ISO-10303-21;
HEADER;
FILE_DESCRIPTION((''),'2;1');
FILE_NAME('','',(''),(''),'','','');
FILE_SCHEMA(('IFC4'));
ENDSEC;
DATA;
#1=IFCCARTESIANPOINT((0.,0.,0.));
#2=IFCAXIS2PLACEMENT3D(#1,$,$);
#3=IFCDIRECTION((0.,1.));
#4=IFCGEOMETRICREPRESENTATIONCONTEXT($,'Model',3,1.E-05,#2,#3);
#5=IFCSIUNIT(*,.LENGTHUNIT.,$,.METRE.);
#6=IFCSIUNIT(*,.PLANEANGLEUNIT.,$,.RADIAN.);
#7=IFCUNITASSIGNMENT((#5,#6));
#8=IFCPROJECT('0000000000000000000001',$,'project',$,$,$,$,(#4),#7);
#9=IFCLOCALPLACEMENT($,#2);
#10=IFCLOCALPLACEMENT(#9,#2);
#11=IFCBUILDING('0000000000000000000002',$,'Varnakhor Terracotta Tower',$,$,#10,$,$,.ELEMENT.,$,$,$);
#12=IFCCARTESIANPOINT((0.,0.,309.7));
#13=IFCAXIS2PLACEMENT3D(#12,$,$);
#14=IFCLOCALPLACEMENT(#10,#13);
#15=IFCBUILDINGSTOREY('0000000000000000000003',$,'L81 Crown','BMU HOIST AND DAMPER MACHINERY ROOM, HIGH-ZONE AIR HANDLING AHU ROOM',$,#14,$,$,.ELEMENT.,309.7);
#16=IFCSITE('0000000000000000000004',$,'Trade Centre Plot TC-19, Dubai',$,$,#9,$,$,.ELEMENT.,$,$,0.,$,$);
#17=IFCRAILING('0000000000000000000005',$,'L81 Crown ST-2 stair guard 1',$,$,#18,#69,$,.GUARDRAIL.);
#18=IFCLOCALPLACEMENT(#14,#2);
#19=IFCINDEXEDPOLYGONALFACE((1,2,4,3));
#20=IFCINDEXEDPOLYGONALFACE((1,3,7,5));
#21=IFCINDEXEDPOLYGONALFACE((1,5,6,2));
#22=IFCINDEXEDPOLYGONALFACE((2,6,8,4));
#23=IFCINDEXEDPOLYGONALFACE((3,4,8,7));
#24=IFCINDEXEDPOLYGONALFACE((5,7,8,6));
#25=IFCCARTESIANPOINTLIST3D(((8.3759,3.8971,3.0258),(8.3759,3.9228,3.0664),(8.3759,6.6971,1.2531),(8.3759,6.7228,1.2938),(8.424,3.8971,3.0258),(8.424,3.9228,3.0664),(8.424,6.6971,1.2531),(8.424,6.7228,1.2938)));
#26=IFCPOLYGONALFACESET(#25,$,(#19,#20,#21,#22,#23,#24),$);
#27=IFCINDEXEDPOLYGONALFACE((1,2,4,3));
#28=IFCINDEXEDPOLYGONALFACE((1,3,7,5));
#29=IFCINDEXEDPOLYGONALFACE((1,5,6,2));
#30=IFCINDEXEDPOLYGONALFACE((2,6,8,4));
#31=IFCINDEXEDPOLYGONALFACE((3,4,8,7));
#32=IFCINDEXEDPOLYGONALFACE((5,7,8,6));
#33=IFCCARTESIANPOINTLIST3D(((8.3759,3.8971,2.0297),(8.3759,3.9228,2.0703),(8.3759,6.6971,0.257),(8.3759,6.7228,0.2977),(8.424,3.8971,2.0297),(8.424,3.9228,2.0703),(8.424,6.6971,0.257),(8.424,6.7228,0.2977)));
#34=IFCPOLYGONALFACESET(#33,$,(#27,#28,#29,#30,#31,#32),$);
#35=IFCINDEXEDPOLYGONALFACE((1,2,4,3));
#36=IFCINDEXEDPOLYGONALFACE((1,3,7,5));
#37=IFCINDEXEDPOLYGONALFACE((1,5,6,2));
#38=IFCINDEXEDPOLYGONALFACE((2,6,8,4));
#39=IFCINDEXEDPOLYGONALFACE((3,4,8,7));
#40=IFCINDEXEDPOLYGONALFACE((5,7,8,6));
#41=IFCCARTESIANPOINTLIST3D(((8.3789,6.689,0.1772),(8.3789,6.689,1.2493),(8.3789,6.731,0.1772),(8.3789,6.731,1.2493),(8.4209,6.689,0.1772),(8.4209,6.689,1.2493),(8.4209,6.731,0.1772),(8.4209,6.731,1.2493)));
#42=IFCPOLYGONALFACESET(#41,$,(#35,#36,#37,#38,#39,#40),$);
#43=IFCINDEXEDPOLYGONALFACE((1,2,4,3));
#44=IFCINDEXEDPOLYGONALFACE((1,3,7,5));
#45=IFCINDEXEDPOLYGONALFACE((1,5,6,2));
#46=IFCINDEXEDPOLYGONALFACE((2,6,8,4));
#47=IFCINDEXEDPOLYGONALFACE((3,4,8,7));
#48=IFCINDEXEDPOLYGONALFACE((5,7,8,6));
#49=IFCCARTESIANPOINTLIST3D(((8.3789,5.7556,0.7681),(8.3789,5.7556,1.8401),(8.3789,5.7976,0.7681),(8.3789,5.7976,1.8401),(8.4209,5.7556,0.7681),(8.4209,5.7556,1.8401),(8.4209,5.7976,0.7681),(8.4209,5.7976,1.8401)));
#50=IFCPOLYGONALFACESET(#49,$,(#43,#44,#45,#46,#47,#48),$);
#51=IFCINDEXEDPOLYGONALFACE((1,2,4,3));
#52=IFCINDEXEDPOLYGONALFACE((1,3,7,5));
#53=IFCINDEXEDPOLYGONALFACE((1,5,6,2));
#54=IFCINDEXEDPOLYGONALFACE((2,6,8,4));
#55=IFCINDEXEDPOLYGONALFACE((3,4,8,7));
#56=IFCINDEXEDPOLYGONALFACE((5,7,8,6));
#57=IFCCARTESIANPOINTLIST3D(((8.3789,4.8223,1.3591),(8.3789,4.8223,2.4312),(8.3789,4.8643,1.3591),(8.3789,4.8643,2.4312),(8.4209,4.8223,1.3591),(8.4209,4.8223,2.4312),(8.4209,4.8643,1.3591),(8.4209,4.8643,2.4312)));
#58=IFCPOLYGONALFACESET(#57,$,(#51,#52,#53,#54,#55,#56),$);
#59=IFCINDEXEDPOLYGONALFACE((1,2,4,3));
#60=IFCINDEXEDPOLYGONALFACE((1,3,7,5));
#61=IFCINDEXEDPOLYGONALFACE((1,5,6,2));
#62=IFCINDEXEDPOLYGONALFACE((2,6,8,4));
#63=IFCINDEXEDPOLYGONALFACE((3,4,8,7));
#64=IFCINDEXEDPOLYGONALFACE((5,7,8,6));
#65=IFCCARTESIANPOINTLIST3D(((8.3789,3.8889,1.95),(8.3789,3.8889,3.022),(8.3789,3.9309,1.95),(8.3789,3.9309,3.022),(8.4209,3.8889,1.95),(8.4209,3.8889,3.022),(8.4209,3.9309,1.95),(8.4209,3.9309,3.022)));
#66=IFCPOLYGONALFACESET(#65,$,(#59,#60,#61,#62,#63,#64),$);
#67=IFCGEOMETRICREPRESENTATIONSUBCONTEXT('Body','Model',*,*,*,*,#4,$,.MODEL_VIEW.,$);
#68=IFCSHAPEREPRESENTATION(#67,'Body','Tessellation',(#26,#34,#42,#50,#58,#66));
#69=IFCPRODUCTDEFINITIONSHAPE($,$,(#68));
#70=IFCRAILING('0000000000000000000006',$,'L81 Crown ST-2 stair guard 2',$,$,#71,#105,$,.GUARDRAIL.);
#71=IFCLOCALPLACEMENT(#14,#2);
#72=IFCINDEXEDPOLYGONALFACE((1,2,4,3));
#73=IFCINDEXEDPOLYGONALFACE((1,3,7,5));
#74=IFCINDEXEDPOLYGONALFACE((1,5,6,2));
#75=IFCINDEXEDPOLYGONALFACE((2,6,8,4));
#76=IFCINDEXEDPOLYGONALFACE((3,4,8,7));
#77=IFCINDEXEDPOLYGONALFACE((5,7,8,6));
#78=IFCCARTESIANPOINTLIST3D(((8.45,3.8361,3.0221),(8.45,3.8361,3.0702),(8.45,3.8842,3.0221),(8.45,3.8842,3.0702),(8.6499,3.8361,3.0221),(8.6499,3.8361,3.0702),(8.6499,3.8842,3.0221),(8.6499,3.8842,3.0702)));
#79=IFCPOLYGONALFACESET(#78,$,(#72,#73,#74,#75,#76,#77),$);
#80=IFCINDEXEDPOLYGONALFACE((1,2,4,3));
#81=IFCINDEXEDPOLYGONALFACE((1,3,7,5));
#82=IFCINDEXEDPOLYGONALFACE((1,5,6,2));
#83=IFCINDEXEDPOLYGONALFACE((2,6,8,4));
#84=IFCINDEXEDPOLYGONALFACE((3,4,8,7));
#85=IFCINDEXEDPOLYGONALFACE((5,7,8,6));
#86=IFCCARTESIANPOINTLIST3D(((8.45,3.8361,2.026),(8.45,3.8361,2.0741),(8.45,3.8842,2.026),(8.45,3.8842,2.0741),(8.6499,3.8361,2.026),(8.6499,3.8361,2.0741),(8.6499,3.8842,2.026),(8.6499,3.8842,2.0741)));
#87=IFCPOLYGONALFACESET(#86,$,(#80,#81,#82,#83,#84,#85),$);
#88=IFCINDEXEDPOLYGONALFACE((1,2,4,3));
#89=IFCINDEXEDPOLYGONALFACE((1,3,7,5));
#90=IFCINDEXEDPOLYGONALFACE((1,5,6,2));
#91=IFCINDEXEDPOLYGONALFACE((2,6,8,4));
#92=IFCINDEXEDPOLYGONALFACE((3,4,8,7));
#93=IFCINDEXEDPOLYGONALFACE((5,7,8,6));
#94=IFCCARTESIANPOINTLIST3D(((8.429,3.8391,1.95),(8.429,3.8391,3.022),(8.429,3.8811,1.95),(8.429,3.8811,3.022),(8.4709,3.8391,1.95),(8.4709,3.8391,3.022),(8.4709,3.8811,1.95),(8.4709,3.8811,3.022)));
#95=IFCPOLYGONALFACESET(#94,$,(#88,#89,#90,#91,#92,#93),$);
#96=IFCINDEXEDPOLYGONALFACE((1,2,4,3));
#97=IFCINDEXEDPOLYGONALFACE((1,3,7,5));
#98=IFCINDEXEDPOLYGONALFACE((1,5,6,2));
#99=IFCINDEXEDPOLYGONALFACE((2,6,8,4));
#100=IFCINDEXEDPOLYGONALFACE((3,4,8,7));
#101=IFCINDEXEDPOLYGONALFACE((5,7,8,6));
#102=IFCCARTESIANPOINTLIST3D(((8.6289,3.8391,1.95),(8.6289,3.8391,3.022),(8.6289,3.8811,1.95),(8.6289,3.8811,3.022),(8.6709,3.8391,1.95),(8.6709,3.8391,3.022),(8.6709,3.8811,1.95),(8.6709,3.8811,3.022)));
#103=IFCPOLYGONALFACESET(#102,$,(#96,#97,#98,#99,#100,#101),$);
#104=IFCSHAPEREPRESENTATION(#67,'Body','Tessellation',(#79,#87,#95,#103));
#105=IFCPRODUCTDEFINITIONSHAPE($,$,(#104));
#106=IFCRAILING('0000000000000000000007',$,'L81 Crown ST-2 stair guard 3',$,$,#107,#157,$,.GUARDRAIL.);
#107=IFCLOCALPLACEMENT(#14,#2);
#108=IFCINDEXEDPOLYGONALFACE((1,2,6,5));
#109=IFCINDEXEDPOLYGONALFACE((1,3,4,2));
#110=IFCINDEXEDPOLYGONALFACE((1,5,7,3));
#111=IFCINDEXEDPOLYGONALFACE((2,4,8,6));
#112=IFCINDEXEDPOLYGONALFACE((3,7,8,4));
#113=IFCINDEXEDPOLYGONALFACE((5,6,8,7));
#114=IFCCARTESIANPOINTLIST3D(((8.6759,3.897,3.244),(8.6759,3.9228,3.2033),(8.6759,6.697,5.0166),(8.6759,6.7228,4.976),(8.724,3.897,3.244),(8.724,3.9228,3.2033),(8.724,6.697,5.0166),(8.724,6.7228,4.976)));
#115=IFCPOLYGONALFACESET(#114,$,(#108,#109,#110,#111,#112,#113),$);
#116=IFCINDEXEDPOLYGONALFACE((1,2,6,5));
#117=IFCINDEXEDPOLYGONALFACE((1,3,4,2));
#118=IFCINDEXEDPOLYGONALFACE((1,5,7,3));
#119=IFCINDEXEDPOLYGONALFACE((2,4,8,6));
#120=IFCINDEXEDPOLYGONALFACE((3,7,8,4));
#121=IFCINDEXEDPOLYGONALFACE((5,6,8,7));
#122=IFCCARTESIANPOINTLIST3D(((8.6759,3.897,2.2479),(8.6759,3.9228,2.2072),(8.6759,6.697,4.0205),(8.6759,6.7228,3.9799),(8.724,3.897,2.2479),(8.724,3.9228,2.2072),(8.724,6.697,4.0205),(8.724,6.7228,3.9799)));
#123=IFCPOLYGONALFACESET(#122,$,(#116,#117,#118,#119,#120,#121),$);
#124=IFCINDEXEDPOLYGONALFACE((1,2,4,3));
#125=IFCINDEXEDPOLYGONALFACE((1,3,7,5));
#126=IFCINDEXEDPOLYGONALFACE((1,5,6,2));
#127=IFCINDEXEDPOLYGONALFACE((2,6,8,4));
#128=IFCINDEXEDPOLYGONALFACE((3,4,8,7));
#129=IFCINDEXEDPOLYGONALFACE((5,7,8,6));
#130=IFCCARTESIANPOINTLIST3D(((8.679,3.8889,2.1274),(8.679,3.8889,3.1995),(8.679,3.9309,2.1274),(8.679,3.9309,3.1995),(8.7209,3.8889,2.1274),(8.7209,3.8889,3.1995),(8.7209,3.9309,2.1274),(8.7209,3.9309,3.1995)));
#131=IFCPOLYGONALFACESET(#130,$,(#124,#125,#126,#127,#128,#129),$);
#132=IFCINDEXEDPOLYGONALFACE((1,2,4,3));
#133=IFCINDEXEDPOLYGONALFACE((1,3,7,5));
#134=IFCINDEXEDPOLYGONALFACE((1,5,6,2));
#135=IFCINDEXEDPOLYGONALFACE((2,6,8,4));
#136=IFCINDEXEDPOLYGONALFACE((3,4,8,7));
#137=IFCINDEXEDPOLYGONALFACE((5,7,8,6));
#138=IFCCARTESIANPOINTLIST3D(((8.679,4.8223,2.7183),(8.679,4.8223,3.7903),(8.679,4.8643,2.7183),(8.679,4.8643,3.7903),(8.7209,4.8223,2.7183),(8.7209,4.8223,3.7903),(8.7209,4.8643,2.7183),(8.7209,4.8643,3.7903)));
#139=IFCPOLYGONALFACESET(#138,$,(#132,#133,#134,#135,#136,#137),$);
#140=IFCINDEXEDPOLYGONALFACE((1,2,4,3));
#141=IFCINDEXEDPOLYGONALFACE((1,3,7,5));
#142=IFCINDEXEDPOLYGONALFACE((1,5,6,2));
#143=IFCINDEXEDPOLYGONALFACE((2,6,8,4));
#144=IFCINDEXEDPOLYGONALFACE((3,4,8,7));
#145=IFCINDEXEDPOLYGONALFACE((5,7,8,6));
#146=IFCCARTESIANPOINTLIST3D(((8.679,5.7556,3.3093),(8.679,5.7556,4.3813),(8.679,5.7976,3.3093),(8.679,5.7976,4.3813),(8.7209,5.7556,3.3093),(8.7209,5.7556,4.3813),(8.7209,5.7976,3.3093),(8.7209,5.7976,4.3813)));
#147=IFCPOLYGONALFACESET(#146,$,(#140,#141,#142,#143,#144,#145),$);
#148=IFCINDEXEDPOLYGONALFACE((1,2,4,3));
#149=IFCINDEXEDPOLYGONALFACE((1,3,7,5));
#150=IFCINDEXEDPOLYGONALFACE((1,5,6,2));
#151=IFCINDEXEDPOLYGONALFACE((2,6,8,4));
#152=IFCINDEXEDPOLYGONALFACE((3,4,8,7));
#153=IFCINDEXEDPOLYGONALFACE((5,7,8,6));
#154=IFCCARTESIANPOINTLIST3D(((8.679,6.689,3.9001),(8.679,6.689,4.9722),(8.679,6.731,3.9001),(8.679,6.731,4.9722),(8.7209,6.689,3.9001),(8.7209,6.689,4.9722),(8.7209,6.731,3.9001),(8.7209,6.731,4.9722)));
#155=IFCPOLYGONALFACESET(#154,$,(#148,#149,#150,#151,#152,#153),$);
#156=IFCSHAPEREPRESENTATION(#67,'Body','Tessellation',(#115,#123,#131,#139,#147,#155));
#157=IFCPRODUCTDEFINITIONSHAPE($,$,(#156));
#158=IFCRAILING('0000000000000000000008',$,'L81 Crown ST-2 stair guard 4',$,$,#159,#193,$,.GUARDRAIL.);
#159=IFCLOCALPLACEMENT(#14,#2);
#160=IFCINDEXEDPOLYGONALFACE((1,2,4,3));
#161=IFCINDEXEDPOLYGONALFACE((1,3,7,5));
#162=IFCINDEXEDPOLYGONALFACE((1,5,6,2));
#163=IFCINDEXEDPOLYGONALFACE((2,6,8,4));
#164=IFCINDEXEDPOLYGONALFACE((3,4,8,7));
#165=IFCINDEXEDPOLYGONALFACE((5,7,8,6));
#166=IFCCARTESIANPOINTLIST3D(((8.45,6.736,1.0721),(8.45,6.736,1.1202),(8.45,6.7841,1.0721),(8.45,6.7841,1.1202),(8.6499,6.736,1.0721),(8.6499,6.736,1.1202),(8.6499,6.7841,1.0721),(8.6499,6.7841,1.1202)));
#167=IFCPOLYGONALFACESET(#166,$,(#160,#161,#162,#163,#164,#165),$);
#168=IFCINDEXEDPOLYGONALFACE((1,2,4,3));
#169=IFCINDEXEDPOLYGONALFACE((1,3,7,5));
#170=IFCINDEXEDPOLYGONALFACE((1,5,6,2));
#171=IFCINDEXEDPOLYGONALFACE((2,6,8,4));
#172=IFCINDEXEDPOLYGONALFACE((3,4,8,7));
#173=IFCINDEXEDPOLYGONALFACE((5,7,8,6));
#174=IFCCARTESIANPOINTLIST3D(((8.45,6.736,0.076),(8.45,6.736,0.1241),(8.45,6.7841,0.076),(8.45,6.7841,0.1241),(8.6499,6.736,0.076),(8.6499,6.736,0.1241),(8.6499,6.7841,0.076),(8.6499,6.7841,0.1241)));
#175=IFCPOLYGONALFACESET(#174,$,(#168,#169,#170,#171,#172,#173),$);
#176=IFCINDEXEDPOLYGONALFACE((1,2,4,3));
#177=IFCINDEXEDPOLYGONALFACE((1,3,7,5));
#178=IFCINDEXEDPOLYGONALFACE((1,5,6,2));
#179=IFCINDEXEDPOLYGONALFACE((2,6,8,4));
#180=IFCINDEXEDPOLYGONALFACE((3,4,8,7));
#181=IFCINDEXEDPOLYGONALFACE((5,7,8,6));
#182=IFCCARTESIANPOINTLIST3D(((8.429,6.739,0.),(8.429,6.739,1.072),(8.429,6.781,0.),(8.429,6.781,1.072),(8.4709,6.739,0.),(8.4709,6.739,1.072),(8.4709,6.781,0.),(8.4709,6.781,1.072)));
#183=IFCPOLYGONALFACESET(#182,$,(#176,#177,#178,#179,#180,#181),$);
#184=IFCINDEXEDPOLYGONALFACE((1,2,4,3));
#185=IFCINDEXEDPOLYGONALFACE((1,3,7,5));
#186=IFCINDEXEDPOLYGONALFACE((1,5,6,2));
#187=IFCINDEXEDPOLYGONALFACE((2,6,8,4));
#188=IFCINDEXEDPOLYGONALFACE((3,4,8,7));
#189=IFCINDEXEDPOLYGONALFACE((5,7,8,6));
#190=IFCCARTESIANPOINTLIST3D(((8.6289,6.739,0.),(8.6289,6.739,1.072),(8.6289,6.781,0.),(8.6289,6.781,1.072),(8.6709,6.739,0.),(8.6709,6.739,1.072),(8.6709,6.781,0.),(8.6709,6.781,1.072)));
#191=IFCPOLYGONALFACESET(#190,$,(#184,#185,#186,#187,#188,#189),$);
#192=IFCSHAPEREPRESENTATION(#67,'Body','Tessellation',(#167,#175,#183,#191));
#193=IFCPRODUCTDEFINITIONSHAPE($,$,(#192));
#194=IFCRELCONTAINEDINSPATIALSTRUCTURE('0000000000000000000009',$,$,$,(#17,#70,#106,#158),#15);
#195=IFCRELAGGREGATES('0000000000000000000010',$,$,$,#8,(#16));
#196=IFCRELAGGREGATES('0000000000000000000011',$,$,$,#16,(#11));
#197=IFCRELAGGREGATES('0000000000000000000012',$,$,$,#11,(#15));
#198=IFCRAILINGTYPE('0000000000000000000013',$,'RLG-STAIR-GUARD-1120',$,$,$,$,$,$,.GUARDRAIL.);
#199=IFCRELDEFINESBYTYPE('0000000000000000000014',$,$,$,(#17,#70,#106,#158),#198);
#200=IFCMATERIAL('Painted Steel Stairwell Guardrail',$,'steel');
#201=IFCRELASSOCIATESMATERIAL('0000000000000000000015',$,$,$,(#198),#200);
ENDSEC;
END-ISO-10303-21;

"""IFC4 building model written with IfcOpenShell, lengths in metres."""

from ifc_helpers import new_model, si_unit, direction, frame, origin, origin_2d, place, context, subcontext, project, spatial, rectangle, extrude, material, type_object, element, save


model = new_model("IFC4")

# Units and contexts
model_context = context("Model", 3, precision=1e-05, world=origin(), true_north=direction((0.0, 1.0)))
body_context = subcontext(model_context, "Body", "Model", "MODEL_VIEW")
ifc_project = project(units=[si_unit("LENGTHUNIT", "METRE"), si_unit("PLANEANGLEUNIT", "RADIAN")], contexts=[model_context])

# Site, building, storey
site_placement = place(None, origin())
site = spatial("IfcSite", under=ifc_project, at=site_placement, Name="Trade Centre Plot TC-19, Dubai", CompositionType="ELEMENT", RefElevation=0.0)
building_placement = place(site_placement, origin())
building = spatial("IfcBuilding", under=site, at=building_placement, Name="Varnakhor Terracotta Tower", CompositionType="ELEMENT")
storey_placement = place(building_placement, frame((0.0, 0.0, 309.7)))
storey = spatial("IfcBuildingStorey", under=building, at=storey_placement, Name="L81 Crown", Description="BMU HOIST AND DAMPER MACHINERY ROOM, HIGH-ZONE AIR HANDLING AHU ROOM", CompositionType="ELEMENT", Elevation=309.7)

# Railings
ifc_material_1 = material(Name="Painted Steel Stairwell Guardrail", Category="steel")
railing_type_1 = type_object("IfcRailingType", Name="RLG-STAIR-GUARD-1120", PredefinedType="GUARDRAIL", material=ifc_material_1)
railing_1_placement = place(storey_placement, frame((8.3999, 6.71, 0.1772)))
element("IfcRailing", 1, at=railing_1_placement, inside=storey, type_object=railing_type_1, Name="L81 Crown ST-2 stair guard 1", PredefinedType="GUARDRAIL", context=body_context, shape_type="SweptSolid", body=[
    extrude(rectangle(XDim=0.0481, YDim=0.0481, at=origin_2d()), frame((0.0, 0.0, 1.0962), z_axis=(0.0, -0.844909, 0.53491), x_axis=(1.0, 0.0, 0.0)), (0.0, 0.0, 1.0), 3.314),
    extrude(rectangle(XDim=0.0481, YDim=0.0481, at=origin_2d()), frame((0.0, 0.0, 0.1001), z_axis=(0.0, -0.844909, 0.53491), x_axis=(1.0, 0.0, 0.0)), (0.0, 0.0, 1.0), 3.314),
    extrude(rectangle(XDim=0.042, YDim=0.042, at=origin_2d()), origin(), (0.0, 0.0, 1.0), 1.072),
    extrude(rectangle(XDim=0.042, YDim=0.042, at=origin_2d()), frame((0.0, -0.9333, 0.5908)), (0.0, 0.0, 1.0), 1.072),
    extrude(rectangle(XDim=0.042, YDim=0.042, at=origin_2d()), frame((0.0, -1.8667, 1.1819)), (0.0, 0.0, 1.0), 1.072),
    extrude(rectangle(XDim=0.042, YDim=0.042, at=origin_2d()), frame((0.0, -2.8, 1.7727)), (0.0, 0.0, 1.0), 1.072),
])
railing_2_placement = place(storey_placement, frame((8.45, 3.8601, 1.95)))
element("IfcRailing", 2, at=railing_2_placement, inside=storey, type_object=railing_type_1, Name="L81 Crown ST-2 stair guard 2", PredefinedType="GUARDRAIL", context=body_context, shape_type="SweptSolid", body=[
    extrude(rectangle(XDim=0.0481, YDim=0.0481, at=origin_2d()), frame((0.0, 0.0, 1.0962), z_axis=(1.0, 0.0, 0.0), x_axis=(0.0, 1.0, 0.0)), (0.0, 0.0, 1.0), 0.2),
    extrude(rectangle(XDim=0.0481, YDim=0.0481, at=origin_2d()), frame((0.0, 0.0, 0.1001), z_axis=(1.0, 0.0, 0.0), x_axis=(0.0, 1.0, 0.0)), (0.0, 0.0, 1.0), 0.2),
    extrude(rectangle(XDim=0.042, YDim=0.042, at=origin_2d()), origin(), (0.0, 0.0, 1.0), 1.072),
    extrude(rectangle(XDim=0.042, YDim=0.042, at=origin_2d()), frame((0.2, 0.0, 0.0)), (0.0, 0.0, 1.0), 1.072),
])
railing_3_placement = place(storey_placement, frame((8.7, 3.9099, 2.1274)))
element("IfcRailing", 3, at=railing_3_placement, inside=storey, type_object=railing_type_1, Name="L81 Crown ST-2 stair guard 3", PredefinedType="GUARDRAIL", context=body_context, shape_type="SweptSolid", body=[
    extrude(rectangle(XDim=0.0481, YDim=0.0481, at=origin_2d()), frame((0.0, 0.0, 1.0962), z_axis=(0.0, 0.844909, 0.53491), x_axis=(-1.0, 0.0, 0.0)), (0.0, 0.0, 1.0), 3.314),
    extrude(rectangle(XDim=0.0481, YDim=0.0481, at=origin_2d()), frame((0.0, 0.0, 0.1001), z_axis=(0.0, 0.844909, 0.53491), x_axis=(-1.0, 0.0, 0.0)), (0.0, 0.0, 1.0), 3.314),
    extrude(rectangle(XDim=0.042, YDim=0.042, at=origin_2d()), origin(), (0.0, 0.0, 1.0), 1.072),
    extrude(rectangle(XDim=0.042, YDim=0.042, at=origin_2d()), frame((0.0, 0.9333, 0.5908)), (0.0, 0.0, 1.0), 1.072),
    extrude(rectangle(XDim=0.042, YDim=0.042, at=origin_2d()), frame((0.0, 1.8667, 1.1819)), (0.0, 0.0, 1.0), 1.072),
    extrude(rectangle(XDim=0.042, YDim=0.042, at=origin_2d()), frame((0.0, 2.8, 1.7727)), (0.0, 0.0, 1.0), 1.072),
])
railing_4_placement = place(storey_placement, frame((8.45, 6.76, 0.0)))
element("IfcRailing", 4, at=railing_4_placement, inside=storey, type_object=railing_type_1, Name="L81 Crown ST-2 stair guard 4", PredefinedType="GUARDRAIL", context=body_context, shape_type="SweptSolid", body=[
    extrude(rectangle(XDim=0.0481, YDim=0.0481, at=origin_2d()), frame((0.0, 0.0, 1.0962), z_axis=(1.0, 0.0, 0.0), x_axis=(0.0, 1.0, 0.0)), (0.0, 0.0, 1.0), 0.2),
    extrude(rectangle(XDim=0.0481, YDim=0.0481, at=origin_2d()), frame((0.0, 0.0, 0.1001), z_axis=(1.0, 0.0, 0.0), x_axis=(0.0, 1.0, 0.0)), (0.0, 0.0, 1.0), 0.2),
    extrude(rectangle(XDim=0.042, YDim=0.042, at=origin_2d()), origin(), (0.0, 0.0, 1.0), 1.072),
    extrude(rectangle(XDim=0.042, YDim=0.042, at=origin_2d()), frame((0.2, 0.0, 0.0)), (0.0, 0.0, 1.0), 1.072),
])

save(model, "model.ifc")
